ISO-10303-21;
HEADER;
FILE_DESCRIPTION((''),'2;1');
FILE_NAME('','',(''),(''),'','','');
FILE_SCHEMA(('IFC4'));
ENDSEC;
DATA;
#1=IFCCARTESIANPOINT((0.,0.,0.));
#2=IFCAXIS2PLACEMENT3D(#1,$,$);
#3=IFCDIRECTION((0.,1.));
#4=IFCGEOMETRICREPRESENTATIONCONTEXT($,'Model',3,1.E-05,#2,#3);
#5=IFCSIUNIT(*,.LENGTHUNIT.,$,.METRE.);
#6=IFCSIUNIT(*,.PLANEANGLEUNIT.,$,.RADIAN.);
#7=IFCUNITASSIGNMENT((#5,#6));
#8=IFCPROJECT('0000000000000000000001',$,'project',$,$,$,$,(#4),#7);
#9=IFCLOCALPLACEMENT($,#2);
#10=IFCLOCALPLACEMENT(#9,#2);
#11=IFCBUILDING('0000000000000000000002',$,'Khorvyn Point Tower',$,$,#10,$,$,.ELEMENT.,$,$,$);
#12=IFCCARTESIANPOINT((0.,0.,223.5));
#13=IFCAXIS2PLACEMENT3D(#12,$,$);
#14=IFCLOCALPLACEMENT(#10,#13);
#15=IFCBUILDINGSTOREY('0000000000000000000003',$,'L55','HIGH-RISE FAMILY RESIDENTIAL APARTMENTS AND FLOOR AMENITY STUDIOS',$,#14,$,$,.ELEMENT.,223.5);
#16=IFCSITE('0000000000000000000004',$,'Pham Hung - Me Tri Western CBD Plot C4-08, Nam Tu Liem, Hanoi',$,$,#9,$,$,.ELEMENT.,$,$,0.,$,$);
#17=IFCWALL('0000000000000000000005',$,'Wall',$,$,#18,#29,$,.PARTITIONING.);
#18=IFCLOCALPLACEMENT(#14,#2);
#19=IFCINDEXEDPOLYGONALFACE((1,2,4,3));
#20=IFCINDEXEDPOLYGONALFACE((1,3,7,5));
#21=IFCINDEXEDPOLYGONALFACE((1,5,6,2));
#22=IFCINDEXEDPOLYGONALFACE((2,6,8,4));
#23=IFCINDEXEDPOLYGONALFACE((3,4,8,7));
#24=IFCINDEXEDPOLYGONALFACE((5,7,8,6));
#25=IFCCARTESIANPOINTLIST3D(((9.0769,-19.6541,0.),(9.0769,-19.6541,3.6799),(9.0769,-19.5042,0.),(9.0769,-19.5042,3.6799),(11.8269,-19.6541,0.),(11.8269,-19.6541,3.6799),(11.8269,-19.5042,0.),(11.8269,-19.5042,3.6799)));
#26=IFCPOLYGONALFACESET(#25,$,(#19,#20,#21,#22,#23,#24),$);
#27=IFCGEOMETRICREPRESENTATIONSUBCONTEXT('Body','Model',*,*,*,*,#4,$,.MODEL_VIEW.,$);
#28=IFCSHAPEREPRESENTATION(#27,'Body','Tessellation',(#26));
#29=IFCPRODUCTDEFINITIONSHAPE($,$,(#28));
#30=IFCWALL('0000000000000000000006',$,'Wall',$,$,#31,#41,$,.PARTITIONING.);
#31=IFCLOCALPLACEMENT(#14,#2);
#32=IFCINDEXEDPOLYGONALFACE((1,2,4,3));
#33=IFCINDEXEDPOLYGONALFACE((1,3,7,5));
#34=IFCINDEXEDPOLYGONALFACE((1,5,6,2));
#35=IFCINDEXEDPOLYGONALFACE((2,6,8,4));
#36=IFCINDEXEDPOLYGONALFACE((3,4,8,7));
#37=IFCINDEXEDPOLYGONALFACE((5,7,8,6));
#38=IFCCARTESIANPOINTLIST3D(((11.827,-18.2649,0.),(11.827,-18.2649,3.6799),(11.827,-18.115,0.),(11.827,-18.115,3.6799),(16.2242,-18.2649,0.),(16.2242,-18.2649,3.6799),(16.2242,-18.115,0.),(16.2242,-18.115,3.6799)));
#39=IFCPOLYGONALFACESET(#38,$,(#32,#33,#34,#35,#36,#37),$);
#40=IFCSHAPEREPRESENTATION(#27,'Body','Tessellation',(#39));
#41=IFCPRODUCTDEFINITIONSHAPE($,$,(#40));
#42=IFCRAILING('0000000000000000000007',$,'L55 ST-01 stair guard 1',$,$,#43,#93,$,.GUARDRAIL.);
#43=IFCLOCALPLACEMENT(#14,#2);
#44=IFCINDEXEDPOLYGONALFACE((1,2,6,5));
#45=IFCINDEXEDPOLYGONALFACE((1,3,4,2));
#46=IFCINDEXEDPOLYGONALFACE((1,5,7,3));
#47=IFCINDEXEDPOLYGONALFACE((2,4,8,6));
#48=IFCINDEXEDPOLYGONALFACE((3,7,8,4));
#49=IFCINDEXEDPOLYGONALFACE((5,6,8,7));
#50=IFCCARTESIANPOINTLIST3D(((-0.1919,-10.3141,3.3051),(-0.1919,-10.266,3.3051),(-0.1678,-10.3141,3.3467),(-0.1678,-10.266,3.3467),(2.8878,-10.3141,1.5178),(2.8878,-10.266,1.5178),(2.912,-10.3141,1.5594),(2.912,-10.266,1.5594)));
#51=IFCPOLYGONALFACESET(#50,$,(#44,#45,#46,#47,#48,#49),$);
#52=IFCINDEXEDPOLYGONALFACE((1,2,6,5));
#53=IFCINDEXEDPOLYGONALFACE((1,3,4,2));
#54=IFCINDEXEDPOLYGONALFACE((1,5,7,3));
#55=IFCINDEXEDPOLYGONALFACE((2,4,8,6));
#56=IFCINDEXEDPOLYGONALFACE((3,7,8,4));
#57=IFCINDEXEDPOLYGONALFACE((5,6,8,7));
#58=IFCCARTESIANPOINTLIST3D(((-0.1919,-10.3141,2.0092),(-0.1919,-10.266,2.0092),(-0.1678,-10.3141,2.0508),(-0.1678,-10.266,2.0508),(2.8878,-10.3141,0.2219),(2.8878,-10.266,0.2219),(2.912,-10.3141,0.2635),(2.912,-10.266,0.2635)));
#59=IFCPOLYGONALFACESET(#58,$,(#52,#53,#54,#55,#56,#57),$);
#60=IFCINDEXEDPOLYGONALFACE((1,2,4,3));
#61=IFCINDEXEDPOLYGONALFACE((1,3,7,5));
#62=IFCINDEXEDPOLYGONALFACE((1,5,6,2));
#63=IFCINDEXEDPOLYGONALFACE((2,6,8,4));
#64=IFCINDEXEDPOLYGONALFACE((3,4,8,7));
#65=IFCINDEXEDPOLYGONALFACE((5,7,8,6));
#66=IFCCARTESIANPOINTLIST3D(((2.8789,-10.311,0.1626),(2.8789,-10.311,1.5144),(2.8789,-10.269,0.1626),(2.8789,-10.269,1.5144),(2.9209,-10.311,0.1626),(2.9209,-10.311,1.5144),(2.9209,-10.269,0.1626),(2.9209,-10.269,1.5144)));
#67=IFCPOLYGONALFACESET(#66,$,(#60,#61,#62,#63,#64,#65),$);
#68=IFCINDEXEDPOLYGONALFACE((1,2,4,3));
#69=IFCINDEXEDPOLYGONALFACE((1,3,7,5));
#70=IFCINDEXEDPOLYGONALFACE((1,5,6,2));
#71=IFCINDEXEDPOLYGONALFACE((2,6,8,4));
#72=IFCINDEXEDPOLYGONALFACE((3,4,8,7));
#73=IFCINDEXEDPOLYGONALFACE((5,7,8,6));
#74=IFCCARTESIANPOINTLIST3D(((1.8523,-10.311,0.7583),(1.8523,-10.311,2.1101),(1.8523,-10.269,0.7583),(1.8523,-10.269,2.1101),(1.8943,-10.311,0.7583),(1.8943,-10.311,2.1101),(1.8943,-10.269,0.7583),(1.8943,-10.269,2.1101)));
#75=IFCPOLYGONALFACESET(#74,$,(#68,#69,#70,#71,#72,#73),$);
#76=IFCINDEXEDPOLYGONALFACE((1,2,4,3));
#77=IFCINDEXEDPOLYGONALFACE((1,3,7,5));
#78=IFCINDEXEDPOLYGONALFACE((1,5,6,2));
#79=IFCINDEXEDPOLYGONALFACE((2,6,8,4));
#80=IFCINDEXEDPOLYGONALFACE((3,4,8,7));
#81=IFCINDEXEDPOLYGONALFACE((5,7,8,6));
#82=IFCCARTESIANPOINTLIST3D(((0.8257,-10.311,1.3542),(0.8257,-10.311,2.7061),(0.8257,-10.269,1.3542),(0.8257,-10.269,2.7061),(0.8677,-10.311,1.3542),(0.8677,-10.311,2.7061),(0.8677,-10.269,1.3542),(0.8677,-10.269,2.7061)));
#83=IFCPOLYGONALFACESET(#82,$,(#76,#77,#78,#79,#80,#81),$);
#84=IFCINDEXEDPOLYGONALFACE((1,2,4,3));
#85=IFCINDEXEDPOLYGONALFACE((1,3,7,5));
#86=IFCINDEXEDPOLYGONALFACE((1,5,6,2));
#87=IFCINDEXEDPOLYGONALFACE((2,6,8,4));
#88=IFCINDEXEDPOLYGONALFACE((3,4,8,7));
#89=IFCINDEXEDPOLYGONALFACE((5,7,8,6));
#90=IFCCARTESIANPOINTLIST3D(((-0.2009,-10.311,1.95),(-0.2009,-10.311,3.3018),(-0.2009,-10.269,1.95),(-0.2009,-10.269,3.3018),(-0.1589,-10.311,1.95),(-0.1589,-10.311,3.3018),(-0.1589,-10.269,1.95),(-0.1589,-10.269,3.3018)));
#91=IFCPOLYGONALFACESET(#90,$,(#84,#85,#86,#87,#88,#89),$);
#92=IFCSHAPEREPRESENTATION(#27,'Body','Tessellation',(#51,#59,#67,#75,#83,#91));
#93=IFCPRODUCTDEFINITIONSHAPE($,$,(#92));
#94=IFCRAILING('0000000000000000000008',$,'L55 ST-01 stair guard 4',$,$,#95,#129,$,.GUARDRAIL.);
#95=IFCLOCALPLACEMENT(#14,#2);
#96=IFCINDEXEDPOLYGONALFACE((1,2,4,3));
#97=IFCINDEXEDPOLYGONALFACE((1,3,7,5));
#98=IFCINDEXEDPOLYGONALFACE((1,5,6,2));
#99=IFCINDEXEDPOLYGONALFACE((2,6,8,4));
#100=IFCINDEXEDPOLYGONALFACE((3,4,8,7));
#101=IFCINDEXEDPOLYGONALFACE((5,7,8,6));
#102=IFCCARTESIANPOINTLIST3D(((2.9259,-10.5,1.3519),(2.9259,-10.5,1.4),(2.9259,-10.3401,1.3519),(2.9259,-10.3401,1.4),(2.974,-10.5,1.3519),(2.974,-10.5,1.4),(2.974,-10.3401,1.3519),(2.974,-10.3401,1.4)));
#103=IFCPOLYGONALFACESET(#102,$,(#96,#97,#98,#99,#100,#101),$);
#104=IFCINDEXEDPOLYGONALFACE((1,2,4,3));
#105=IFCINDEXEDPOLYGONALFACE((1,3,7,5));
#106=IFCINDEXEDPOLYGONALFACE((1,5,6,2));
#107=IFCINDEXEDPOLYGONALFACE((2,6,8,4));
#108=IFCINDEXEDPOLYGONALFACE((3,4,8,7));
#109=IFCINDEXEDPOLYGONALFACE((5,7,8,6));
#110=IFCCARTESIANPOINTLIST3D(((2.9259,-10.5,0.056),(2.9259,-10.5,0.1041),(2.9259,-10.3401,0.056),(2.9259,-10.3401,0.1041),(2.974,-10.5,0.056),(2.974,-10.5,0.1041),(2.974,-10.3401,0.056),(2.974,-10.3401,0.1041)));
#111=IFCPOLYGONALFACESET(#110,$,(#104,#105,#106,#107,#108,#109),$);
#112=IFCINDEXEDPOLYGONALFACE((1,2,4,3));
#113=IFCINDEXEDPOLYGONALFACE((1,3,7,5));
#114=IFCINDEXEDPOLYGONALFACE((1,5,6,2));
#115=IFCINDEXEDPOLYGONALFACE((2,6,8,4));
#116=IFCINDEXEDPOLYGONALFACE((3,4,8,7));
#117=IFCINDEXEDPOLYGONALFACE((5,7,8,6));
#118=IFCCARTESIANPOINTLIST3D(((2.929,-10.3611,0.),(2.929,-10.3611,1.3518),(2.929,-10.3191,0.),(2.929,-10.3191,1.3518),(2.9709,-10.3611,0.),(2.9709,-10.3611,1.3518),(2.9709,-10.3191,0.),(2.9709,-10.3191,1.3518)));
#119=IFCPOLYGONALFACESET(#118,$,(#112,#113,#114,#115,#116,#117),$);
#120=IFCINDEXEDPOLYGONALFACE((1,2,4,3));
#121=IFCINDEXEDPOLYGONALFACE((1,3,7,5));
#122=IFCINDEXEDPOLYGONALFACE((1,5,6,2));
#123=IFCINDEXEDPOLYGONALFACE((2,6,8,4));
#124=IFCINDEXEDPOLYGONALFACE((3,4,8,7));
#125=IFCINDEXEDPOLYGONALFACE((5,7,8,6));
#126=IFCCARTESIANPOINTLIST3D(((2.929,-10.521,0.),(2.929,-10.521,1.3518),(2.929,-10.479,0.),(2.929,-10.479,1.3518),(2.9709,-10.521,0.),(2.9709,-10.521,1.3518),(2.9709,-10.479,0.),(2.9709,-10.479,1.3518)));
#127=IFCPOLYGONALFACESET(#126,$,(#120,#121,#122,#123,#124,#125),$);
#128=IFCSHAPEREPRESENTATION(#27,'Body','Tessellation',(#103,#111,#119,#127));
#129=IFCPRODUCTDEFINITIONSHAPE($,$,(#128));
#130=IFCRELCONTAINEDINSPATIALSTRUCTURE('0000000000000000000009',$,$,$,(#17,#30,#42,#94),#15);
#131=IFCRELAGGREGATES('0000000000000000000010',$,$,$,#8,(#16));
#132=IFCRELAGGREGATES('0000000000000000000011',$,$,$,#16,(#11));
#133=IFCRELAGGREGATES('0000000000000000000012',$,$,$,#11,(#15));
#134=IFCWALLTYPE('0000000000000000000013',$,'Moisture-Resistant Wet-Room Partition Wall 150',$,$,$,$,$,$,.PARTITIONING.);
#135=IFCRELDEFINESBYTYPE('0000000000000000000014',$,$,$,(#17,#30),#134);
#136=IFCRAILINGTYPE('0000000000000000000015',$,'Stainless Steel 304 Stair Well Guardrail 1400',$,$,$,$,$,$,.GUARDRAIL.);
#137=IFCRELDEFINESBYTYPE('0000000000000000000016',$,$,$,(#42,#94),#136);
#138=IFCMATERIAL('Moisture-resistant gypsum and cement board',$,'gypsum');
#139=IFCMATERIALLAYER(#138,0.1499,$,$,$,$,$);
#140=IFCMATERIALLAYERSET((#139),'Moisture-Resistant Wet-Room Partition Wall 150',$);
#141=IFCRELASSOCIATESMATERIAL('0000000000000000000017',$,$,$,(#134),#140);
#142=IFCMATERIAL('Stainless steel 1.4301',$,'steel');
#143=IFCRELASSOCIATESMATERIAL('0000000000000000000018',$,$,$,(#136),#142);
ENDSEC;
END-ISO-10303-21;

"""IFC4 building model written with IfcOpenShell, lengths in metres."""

from ifc_helpers import new_model, si_unit, direction, frame, frame_2d, origin, origin_2d, place, context, subcontext, project, spatial, rectangle, extrude, material, layer, layer_set, type_object, element, save


model = new_model("IFC4")

# Units and contexts
model_context = context("Model", 3, precision=1e-05, world=origin(), true_north=direction((0.0, 1.0)))
body_context = subcontext(model_context, "Body", "Model", "MODEL_VIEW")
ifc_project = project(units=[si_unit("LENGTHUNIT", "METRE"), si_unit("PLANEANGLEUNIT", "RADIAN")], contexts=[model_context])

# Site, building, storey
site_placement = place(None, origin())
site = spatial("IfcSite", under=ifc_project, at=site_placement, Name="Pham Hung - Me Tri Western CBD Plot C4-08, Nam Tu Liem, Hanoi", CompositionType="ELEMENT", RefElevation=0.0)
building_placement = place(site_placement, origin())
building = spatial("IfcBuilding", under=site, at=building_placement, Name="Khorvyn Point Tower", CompositionType="ELEMENT")
storey_placement = place(building_placement, frame((0.0, 0.0, 223.5)))
storey = spatial("IfcBuildingStorey", under=building, at=storey_placement, Name="L55", Description="HIGH-RISE FAMILY RESIDENTIAL APARTMENTS AND FLOOR AMENITY STUDIOS", CompositionType="ELEMENT", Elevation=223.5)

# Shared definitions
ifc_material_1 = material(Name="Moisture-resistant gypsum and cement board", Category="gypsum")
ifc_layer_1 = layer(ifc_material_1, 0.1499)
ifc_layer_set_1 = layer_set([ifc_layer_1], Name="Moisture-Resistant Wet-Room Partition Wall 150")
wall_type_1 = type_object("IfcWallType", Name="Moisture-Resistant Wet-Room Partition Wall 150", PredefinedType="PARTITIONING", material=ifc_layer_set_1)

# Walls
wall_1_placement = place(storey_placement, frame((9.0769, -19.5791, 0.0), z_axis=(0.0, 0.0, 1.0), x_axis=(1.0, 0.0, 0.0)))
element("IfcWall", 1, at=wall_1_placement, inside=storey, type_object=wall_type_1, Name="Wall", PredefinedType="PARTITIONING", context=body_context, shape_type="SweptSolid", body=[
    extrude(rectangle(XDim=2.75, YDim=0.1499, at=frame_2d((1.375, 0.0))), origin(), (0.0, 0.0, 1.0), 3.6799),
])
wall_2_placement = place(storey_placement, frame((11.8269, -18.1899, 0.0), z_axis=(0.0, 0.0, 1.0), x_axis=(1.0, 0.0, 0.0)))
element("IfcWall", 2, at=wall_2_placement, inside=storey, type_object=wall_type_1, Name="Wall", PredefinedType="PARTITIONING", context=body_context, shape_type="SweptSolid", body=[
    extrude(rectangle(XDim=4.3972, YDim=0.1499, at=frame_2d((2.1987, 0.0))), origin(), (0.0, 0.0, 1.0), 3.6799),
])

# Railings
ifc_material_2 = material(Name="Stainless steel 1.4301", Category="steel")
railing_type = type_object("IfcRailingType", Name="Stainless Steel 304 Stair Well Guardrail 1400", PredefinedType="GUARDRAIL", material=ifc_material_2)
railing_1_placement = place(storey_placement, frame((2.8999, -10.29, 0.1626)))
element("IfcRailing", 3, at=railing_1_placement, inside=storey, type_object=railing_type, Name="L55 ST-01 stair guard 1", PredefinedType="GUARDRAIL", context=body_context, shape_type="SweptSolid", body=[
    extrude(rectangle(XDim=0.0481, YDim=0.0481, at=origin_2d()), frame((0.0, 0.0, 1.376), z_axis=(-0.864903, 0.0, 0.501939), x_axis=(0.0, -1.0, 0.0)), (0.0, 0.0, 1.0), 3.5608),
    extrude(rectangle(XDim=0.0481, YDim=0.0481, at=origin_2d()), frame((0.0, 0.0, 0.0801), z_axis=(-0.864903, 0.0, 0.501939), x_axis=(0.0, -1.0, 0.0)), (0.0, 0.0, 1.0), 3.5608),
    extrude(rectangle(XDim=0.042, YDim=0.042, at=origin_2d()), origin(), (0.0, 0.0, 1.0), 1.3518),
    extrude(rectangle(XDim=0.042, YDim=0.042, at=origin_2d()), frame((-1.0266, 0.0, 0.5957)), (0.0, 0.0, 1.0), 1.3518),
    extrude(rectangle(XDim=0.042, YDim=0.042, at=origin_2d()), frame((-2.0532, 0.0, 1.1917)), (0.0, 0.0, 1.0), 1.3518),
    extrude(rectangle(XDim=0.042, YDim=0.042, at=origin_2d()), frame((-3.0798, 0.0, 1.7874)), (0.0, 0.0, 1.0), 1.3518),
])
railing_2_placement = place(storey_placement, frame((2.95, -10.3401, 0.0)))
element("IfcRailing", 4, at=railing_2_placement, inside=storey, type_object=railing_type, Name="L55 ST-01 stair guard 4", PredefinedType="GUARDRAIL", context=body_context, shape_type="SweptSolid", body=[
    extrude(rectangle(XDim=0.0481, YDim=0.0481, at=origin_2d()), frame((0.0, 0.0, 1.376), z_axis=(0.0, -1.0, 0.0), x_axis=(1.0, 0.0, 0.0)), (0.0, 0.0, 1.0), 0.1599),
    extrude(rectangle(XDim=0.0481, YDim=0.0481, at=origin_2d()), frame((0.0, 0.0, 0.0801), z_axis=(0.0, -1.0, 0.0), x_axis=(1.0, 0.0, 0.0)), (0.0, 0.0, 1.0), 0.1599),
    extrude(rectangle(XDim=0.042, YDim=0.042, at=origin_2d()), origin(), (0.0, 0.0, 1.0), 1.3518),
    extrude(rectangle(XDim=0.042, YDim=0.042, at=origin_2d()), frame((0.0, -0.1599, 0.0)), (0.0, 0.0, 1.0), 1.3518),
])

save(model, "model.ifc")
